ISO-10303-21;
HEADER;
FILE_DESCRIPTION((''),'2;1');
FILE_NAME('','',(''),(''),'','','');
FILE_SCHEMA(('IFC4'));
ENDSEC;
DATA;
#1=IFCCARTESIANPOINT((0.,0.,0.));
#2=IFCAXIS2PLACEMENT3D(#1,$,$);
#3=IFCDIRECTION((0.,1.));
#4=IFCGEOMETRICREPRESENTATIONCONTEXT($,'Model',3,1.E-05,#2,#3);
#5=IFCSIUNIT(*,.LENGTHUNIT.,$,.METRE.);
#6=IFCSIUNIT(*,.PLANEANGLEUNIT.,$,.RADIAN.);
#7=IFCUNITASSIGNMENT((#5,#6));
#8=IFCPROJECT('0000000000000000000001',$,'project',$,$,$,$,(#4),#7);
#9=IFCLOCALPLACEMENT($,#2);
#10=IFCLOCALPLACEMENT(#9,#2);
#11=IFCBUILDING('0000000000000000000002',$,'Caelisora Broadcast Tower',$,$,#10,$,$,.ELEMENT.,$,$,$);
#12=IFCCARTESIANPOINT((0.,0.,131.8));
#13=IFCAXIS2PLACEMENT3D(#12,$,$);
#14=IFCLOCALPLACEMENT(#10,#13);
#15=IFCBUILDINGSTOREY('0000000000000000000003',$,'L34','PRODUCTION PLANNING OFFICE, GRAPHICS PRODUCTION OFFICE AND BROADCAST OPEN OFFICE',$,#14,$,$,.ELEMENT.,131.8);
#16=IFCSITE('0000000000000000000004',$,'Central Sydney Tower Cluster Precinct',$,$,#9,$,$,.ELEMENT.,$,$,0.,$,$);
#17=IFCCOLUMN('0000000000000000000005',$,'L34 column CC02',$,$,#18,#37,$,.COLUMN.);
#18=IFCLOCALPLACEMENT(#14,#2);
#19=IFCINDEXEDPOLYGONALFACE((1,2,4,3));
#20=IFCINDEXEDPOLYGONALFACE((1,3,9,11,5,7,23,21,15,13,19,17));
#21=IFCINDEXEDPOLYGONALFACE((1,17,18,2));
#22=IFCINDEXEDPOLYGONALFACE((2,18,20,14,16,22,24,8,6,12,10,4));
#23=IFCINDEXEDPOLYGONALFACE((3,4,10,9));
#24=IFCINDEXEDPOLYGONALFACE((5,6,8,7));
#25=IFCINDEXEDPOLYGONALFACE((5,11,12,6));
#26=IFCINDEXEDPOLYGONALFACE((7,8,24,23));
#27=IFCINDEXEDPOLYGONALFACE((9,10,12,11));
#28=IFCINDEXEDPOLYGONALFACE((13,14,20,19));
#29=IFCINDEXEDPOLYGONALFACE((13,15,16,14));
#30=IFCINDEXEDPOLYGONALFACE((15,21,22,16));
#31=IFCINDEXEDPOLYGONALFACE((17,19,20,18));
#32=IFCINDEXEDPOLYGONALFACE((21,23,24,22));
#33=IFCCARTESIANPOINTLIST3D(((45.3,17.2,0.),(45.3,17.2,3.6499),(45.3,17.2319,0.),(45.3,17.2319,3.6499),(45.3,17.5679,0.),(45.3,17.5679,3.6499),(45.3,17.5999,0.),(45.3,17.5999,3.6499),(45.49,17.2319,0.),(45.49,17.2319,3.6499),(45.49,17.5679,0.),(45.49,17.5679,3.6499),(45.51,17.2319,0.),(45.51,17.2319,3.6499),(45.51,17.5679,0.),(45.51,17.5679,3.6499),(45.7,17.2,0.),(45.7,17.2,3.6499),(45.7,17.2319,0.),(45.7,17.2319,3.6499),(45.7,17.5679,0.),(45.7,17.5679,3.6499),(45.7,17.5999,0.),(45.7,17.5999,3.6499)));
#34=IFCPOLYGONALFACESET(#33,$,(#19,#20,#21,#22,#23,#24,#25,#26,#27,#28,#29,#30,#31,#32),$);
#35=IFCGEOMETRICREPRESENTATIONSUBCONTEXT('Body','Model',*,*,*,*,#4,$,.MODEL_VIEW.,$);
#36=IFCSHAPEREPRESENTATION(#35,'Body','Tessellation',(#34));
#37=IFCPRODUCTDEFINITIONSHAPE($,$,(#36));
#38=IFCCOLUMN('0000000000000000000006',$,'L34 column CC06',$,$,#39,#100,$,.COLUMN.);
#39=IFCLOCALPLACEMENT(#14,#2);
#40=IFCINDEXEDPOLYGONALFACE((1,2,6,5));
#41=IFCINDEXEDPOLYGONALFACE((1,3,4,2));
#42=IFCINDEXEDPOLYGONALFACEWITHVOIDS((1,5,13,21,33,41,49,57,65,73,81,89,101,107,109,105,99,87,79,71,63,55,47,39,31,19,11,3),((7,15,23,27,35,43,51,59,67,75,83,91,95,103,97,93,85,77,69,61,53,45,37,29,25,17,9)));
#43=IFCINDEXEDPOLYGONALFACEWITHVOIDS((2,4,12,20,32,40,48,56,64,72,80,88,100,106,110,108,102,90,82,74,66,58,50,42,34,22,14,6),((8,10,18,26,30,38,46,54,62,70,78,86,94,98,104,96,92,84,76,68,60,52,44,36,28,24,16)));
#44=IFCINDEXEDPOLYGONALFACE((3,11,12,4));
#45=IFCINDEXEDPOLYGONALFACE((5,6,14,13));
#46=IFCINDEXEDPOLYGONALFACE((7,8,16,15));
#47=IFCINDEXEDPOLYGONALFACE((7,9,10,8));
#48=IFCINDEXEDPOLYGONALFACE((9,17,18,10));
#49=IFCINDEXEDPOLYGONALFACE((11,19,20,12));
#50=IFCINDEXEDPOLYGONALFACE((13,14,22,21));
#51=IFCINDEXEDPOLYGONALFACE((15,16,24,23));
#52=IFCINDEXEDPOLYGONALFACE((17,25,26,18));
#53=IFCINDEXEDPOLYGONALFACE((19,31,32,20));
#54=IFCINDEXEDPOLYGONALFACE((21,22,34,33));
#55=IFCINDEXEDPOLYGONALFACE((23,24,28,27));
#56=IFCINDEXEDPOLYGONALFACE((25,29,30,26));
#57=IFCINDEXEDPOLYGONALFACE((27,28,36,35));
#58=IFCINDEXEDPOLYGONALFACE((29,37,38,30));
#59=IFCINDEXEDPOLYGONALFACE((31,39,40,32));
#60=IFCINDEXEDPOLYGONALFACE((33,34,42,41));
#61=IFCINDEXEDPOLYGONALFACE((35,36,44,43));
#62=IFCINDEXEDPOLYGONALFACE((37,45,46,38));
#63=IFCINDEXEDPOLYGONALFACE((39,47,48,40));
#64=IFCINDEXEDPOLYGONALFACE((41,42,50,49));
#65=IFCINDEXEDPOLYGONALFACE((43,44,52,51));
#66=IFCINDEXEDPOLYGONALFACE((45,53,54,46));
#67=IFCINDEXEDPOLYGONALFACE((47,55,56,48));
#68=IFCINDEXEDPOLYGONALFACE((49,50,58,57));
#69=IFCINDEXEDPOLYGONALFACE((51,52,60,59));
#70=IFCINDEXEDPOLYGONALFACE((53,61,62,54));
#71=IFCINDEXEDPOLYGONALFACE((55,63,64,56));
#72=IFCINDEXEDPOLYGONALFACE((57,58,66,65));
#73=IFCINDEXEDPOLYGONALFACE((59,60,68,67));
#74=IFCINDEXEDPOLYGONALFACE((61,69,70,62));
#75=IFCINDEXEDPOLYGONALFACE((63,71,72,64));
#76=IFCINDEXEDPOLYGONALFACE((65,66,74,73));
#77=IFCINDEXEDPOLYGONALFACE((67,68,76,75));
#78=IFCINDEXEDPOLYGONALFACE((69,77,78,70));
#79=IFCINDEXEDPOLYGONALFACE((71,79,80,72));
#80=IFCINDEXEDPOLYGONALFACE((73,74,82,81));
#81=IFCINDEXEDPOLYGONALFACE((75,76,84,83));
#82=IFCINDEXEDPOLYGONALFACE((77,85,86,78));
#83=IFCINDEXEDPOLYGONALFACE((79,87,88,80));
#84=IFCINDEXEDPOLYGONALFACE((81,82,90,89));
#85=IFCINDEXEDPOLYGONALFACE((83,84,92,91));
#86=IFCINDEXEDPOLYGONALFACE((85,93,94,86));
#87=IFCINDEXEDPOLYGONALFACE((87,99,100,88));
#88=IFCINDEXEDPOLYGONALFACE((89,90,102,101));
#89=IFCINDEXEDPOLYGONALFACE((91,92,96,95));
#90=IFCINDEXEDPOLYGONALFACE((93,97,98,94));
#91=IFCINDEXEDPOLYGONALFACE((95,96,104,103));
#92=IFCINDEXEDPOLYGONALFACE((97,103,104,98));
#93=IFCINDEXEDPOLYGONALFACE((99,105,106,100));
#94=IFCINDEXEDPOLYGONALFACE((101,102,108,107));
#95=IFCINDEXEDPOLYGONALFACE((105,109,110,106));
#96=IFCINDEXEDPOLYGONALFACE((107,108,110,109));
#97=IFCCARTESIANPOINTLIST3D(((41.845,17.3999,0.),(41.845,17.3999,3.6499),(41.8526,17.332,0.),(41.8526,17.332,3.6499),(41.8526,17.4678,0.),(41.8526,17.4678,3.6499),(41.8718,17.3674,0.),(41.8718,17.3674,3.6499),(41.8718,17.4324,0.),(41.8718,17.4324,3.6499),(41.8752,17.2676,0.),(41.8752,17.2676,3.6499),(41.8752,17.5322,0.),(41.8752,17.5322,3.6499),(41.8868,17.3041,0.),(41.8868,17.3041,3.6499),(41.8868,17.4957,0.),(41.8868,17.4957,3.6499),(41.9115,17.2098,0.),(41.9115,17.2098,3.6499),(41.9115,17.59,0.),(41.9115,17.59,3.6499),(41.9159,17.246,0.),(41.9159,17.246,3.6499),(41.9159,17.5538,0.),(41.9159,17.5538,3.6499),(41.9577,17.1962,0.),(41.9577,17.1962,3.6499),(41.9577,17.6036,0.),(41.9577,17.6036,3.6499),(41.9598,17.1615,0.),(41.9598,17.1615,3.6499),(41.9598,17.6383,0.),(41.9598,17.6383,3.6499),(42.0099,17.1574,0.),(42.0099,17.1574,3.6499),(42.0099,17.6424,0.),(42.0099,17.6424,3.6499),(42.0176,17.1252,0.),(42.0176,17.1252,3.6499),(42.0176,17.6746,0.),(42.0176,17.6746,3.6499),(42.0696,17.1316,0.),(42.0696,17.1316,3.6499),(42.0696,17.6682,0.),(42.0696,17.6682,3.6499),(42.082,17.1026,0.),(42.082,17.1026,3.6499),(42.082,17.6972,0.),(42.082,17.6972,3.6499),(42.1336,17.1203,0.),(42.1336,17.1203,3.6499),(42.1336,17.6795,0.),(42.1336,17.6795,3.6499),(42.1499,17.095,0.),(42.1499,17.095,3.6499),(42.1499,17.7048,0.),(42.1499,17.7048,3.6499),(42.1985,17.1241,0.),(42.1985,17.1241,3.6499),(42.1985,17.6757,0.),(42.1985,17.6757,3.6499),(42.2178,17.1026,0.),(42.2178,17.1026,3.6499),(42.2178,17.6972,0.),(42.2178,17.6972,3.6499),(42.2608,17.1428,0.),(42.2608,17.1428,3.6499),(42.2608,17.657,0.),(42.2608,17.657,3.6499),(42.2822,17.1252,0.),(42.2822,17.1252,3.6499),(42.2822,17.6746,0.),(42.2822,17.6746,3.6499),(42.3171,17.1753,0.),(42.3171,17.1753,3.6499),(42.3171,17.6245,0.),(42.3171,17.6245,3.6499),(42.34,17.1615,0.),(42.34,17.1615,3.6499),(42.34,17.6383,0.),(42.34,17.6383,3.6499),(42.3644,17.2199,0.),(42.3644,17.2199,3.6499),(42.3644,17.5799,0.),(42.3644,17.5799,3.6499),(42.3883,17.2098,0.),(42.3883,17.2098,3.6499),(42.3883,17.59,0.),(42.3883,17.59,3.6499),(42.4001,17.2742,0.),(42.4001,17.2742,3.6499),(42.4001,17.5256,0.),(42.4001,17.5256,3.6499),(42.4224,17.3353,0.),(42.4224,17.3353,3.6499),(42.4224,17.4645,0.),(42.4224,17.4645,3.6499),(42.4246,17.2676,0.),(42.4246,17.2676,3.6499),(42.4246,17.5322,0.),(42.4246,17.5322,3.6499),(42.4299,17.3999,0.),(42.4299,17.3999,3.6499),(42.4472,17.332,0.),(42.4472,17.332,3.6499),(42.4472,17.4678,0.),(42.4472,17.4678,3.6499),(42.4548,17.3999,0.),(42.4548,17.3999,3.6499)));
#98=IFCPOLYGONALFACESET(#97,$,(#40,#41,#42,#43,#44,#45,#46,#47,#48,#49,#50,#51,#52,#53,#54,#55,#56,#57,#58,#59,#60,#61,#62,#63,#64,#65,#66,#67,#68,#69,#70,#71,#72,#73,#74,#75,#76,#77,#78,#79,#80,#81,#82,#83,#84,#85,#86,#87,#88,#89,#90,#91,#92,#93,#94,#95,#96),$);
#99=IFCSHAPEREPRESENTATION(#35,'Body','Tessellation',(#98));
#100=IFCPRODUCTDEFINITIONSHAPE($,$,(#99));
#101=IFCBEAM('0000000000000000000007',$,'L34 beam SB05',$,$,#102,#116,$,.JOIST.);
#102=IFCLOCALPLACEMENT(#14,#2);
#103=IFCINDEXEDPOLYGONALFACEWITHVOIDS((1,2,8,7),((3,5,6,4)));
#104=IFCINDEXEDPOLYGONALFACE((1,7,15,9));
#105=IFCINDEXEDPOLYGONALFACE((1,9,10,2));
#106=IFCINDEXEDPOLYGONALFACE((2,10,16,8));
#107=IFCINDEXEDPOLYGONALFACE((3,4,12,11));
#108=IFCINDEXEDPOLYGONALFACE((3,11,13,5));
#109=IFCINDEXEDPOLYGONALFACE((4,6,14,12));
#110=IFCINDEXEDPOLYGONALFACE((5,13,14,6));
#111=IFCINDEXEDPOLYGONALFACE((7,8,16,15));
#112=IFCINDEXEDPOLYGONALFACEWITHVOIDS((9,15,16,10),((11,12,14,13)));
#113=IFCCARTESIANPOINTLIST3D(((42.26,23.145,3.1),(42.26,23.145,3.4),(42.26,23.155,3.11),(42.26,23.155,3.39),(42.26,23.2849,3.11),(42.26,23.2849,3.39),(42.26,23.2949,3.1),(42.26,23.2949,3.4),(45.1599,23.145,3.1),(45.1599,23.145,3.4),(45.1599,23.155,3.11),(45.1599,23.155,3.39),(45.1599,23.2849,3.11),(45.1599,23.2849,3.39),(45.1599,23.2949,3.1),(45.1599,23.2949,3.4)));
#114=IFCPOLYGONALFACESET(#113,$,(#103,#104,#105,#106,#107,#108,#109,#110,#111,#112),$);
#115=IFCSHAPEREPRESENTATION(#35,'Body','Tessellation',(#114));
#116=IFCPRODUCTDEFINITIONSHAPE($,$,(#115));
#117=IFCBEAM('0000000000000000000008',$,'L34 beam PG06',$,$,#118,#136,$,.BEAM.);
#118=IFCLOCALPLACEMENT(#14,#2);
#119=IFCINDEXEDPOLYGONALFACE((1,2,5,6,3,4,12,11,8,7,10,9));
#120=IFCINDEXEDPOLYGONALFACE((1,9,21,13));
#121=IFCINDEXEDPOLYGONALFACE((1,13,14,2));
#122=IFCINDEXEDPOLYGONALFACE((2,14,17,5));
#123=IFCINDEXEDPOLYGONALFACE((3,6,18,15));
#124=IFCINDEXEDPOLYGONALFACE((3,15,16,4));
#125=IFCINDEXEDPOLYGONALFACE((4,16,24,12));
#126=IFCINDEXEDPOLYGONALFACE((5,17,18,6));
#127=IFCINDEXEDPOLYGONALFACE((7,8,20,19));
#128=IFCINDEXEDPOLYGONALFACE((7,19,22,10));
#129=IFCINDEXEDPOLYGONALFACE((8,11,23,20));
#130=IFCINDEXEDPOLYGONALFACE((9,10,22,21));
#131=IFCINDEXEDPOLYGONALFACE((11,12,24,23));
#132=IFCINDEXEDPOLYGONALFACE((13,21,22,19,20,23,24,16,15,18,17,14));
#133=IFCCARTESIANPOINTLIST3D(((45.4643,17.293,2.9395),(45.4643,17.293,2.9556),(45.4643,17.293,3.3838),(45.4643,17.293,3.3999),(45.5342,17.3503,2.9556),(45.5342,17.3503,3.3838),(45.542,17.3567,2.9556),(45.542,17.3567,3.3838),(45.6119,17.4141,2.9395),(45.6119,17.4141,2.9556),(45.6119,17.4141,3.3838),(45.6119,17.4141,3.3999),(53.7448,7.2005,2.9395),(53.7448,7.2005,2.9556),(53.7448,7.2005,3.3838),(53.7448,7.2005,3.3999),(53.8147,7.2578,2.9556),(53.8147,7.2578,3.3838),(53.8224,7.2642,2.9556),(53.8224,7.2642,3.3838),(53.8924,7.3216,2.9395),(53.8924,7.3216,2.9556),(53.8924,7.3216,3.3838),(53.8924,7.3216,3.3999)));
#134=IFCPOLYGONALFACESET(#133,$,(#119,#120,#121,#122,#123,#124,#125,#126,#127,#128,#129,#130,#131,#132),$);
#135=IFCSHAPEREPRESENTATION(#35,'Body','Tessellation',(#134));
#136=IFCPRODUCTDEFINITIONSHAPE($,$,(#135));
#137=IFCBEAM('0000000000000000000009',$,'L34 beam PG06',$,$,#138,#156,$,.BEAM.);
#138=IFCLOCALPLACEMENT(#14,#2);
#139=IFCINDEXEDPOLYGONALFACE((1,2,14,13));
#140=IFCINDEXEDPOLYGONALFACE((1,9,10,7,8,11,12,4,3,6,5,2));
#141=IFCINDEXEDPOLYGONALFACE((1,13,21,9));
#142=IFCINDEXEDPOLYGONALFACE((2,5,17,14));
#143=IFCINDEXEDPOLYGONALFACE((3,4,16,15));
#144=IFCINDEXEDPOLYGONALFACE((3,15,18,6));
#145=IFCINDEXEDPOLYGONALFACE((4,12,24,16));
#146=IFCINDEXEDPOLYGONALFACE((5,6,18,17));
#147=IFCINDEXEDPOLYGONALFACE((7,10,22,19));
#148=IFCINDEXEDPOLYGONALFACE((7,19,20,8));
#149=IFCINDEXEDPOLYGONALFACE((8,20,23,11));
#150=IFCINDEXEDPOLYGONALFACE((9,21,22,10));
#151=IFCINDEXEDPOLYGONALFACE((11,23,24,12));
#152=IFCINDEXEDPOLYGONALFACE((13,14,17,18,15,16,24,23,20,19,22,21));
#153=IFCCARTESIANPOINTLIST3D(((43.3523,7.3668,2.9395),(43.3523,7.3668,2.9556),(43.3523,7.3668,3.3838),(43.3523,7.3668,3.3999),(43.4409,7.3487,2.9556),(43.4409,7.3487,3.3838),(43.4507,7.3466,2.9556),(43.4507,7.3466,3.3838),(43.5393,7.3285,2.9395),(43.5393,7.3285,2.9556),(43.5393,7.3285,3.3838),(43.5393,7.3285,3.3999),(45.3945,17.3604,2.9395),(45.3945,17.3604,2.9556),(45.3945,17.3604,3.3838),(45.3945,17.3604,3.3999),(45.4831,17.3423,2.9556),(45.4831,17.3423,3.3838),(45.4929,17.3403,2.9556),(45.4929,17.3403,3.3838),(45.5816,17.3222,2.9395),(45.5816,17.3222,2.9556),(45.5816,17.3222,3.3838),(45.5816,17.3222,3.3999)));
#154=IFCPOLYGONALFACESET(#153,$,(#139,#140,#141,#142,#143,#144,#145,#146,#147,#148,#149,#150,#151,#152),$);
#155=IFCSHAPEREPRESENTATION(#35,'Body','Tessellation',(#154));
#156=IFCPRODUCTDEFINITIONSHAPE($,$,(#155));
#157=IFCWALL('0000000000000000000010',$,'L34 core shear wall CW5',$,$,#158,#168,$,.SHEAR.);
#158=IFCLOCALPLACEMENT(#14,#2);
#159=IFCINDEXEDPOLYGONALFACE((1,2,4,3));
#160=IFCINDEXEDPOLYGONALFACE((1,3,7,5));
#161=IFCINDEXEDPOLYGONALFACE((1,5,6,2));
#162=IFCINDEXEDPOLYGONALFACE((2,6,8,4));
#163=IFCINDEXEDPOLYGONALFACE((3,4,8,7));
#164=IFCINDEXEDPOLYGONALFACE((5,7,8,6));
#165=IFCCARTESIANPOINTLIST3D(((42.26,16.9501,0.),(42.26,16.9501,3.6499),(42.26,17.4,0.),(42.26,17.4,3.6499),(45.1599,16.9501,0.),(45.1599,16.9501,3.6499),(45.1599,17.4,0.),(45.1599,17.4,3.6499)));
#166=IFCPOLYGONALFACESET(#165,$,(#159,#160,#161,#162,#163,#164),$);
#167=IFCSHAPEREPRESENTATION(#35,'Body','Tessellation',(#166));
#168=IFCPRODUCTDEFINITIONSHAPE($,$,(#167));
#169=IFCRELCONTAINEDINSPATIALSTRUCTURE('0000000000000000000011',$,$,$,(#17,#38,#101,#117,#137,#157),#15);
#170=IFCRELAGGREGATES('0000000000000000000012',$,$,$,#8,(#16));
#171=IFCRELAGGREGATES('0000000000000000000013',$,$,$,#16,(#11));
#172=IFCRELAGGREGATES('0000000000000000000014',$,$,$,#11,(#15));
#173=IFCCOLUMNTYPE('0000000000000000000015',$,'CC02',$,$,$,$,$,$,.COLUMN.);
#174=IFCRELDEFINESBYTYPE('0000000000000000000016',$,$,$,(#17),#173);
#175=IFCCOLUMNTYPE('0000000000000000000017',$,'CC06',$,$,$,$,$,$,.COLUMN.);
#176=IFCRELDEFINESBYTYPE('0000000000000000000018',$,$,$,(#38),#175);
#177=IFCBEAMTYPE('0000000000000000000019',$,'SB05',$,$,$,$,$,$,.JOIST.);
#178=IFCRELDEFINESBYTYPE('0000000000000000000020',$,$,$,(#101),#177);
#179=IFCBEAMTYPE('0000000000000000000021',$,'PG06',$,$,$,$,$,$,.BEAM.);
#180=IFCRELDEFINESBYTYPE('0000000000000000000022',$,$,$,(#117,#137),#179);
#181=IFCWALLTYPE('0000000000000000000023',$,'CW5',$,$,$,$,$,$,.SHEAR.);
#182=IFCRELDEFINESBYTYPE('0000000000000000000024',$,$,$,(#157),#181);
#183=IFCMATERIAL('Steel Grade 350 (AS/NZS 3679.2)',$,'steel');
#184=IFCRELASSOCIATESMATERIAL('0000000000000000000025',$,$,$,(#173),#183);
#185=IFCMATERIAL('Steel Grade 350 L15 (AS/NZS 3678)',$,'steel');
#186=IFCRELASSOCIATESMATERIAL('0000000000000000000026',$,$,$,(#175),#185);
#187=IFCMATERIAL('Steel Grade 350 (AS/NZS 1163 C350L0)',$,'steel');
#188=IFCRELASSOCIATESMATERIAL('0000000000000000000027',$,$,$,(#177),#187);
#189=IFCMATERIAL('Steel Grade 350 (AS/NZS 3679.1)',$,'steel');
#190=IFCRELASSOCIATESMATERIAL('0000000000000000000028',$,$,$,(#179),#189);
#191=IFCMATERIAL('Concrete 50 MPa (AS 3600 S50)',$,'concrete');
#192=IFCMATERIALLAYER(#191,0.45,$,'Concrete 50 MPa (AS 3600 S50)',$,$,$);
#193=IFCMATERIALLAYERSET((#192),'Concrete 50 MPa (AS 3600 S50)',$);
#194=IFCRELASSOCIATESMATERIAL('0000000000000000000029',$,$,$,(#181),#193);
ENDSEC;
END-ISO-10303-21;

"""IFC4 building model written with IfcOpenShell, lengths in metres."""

from ifc_helpers import new_model, si_unit, direction, frame, frame_2d, origin, origin_2d, place, context, subcontext, project, spatial, rectangle, hollow_rectangle, hollow_circle, i_section, extrude, source, transform, mapped, material, layer, layer_set, material_profile, profile_set, type_object, type_shapes, element, save


model = new_model("IFC4")

# Units and contexts
model_context = context("Model", 3, precision=1e-05, world=origin(), true_north=direction((0.0, 1.0)))
body_context = subcontext(model_context, "Body", "Model", "MODEL_VIEW")
ifc_project = project(units=[si_unit("LENGTHUNIT", "METRE"), si_unit("PLANEANGLEUNIT", "RADIAN")], contexts=[model_context])

# Site, building, storey
site_placement = place(None, origin())
site = spatial("IfcSite", under=ifc_project, at=site_placement, Name="Central Sydney Tower Cluster Precinct", CompositionType="ELEMENT", RefElevation=0.0)
building_placement = place(site_placement, origin())
building = spatial("IfcBuilding", under=site, at=building_placement, Name="Caelisora Broadcast Tower", CompositionType="ELEMENT")
storey_placement = place(building_placement, frame((0.0, 0.0, 131.8)))
storey = spatial("IfcBuildingStorey", under=building, at=storey_placement, Name="L34", Description="PRODUCTION PLANNING OFFICE, GRAPHICS PRODUCTION OFFICE AND BROADCAST OPEN OFFICE", CompositionType="ELEMENT", Elevation=131.8)

# Columns
ifc_material_1 = material(Name="Steel Grade 350 (AS/NZS 3679.2)", Category="steel")
ifc_material_profile_1 = material_profile(ifc_material_1, i_section(OverallWidth=0.3999, OverallDepth=0.3999, WebThickness=0.02, FlangeThickness=0.032, at=origin_2d()), Name="Steel Grade 350 (AS/NZS 3679.2)")
ifc_profile_set_1 = profile_set([ifc_material_profile_1], Name="Steel Grade 350 (AS/NZS 3679.2)")
column_type_1 = type_object("IfcColumnType", Name="CC02", PredefinedType="COLUMN", material=ifc_profile_set_1)
shared_shape_1 = source(origin(), body_context, "Body", "SweptSolid", [
    extrude(i_section(OverallWidth=0.3999, OverallDepth=0.3999, WebThickness=0.02, FlangeThickness=0.032, at=origin_2d()), origin(), (0.0, 0.0, 1.0), 3.6499),
])
type_shapes(column_type_1, [shared_shape_1])
column_1_placement = place(storey_placement, frame((45.5, 17.3999, 0.0), z_axis=(0.0, 0.0, 1.0), x_axis=(1.0, 0.0, 0.0)))
element("IfcColumn", 1, at=column_1_placement, inside=storey, type_object=column_type_1, Name="L34 column CC02", PredefinedType="COLUMN", context=body_context, shape_type="MappedRepresentation", body=[
    mapped(shared_shape_1, transform((0.0, 0.0, 0.0), scale=1.0)),
])
ifc_material_2 = material(Name="Steel Grade 350 L15 (AS/NZS 3678)", Category="steel")
ifc_material_profile_2 = material_profile(ifc_material_2, hollow_circle(Radius=0.3049, WallThickness=0.0249, at=origin_2d()), Name="Steel Grade 350 L15 (AS/NZS 3678)")
ifc_profile_set_2 = profile_set([ifc_material_profile_2], Name="Steel Grade 350 L15 (AS/NZS 3678)")
column_type_2 = type_object("IfcColumnType", Name="CC06", PredefinedType="COLUMN", material=ifc_profile_set_2)
shared_shape_2 = source(origin(), body_context, "Body", "SweptSolid", [
    extrude(hollow_circle(Radius=0.3049, WallThickness=0.0249, at=origin_2d()), origin(), (0.0, 0.0, 1.0), 3.6499),
])
type_shapes(column_type_2, [shared_shape_2])
column_2_placement = place(storey_placement, frame((42.1499, 17.3999, 0.0), z_axis=(0.0, 0.0, 1.0), x_axis=(1.0, 0.0, 0.0)))
element("IfcColumn", 2, at=column_2_placement, inside=storey, type_object=column_type_2, Name="L34 column CC06", PredefinedType="COLUMN", context=body_context, shape_type="MappedRepresentation", body=[
    mapped(shared_shape_2, transform((0.0, 0.0, 0.0), scale=1.0)),
])

# Beams
ifc_material_3 = material(Name="Steel Grade 350 (AS/NZS 1163 C350L0)", Category="steel")
ifc_material_profile_3 = material_profile(ifc_material_3, hollow_rectangle(XDim=0.1499, YDim=0.3, WallThickness=0.01, at=origin_2d()), Name="Steel Grade 350 (AS/NZS 1163 C350L0)")
ifc_profile_set_3 = profile_set([ifc_material_profile_3], Name="Steel Grade 350 (AS/NZS 1163 C350L0)")
beam_type_1 = type_object("IfcBeamType", Name="SB05", PredefinedType="JOIST", material=ifc_profile_set_3)
shared_shape_3 = source(origin(), body_context, "Body", "SweptSolid", [
    extrude(hollow_rectangle(XDim=0.1499, YDim=0.3, WallThickness=0.01, at=origin_2d()), origin(), (0.0, 0.0, 1.0), 2.8999),
])
type_shapes(beam_type_1, [shared_shape_3])
beam_1_placement = place(storey_placement, frame((42.26, 23.22, 3.25), z_axis=(1.0, 0.0, 0.0), x_axis=(0.0, 1.0, 0.0)))
element("IfcBeam", 3, at=beam_1_placement, inside=storey, type_object=beam_type_1, Name="L34 beam SB05", PredefinedType="JOIST", context=body_context, shape_type="MappedRepresentation", body=[
    mapped(shared_shape_3, transform((0.0, 0.0, 0.0), scale=1.0)),
])
ifc_material_4 = material(Name="Steel Grade 350 (AS/NZS 3679.1)", Category="steel")
ifc_material_profile_4 = material_profile(ifc_material_4, i_section(OverallWidth=0.1909, OverallDepth=0.4604, WebThickness=0.01, FlangeThickness=0.0161, at=origin_2d()), Name="Steel Grade 350 (AS/NZS 3679.1)")
ifc_profile_set_4 = profile_set([ifc_material_profile_4], Name="Steel Grade 350 (AS/NZS 3679.1)")
beam_type_2 = type_object("IfcBeamType", Name="PG06", PredefinedType="BEAM", material=ifc_profile_set_4)
shared_shape_4 = source(origin(), body_context, "Body", "SweptSolid", [
    extrude(i_section(OverallWidth=0.1909, OverallDepth=0.4604, WebThickness=0.01, FlangeThickness=0.0161, at=origin_2d()), origin(), (0.0, 0.0, 1.0), 13.0547),
])
beam_2_placement = place(storey_placement, frame((45.5381, 17.3535, 3.1697), z_axis=(0.634292, -0.773093, 0.0), x_axis=(0.773093, 0.634292, 0.0)))
element("IfcBeam", 4, at=beam_2_placement, inside=storey, type_object=beam_type_2, Name="L34 beam PG06", PredefinedType="BEAM", context=body_context, shape_type="MappedRepresentation", body=[
    mapped(shared_shape_4, transform((0.0, 0.0, 0.0), scale=1.0)),
])
shared_shape_5 = source(origin(), body_context, "Body", "SweptSolid", [
    extrude(i_section(OverallWidth=0.1909, OverallDepth=0.4604, WebThickness=0.01, FlangeThickness=0.0161, at=origin_2d()), origin(), (0.0, 0.0, 1.0), 10.2002),
])
type_shapes(beam_type_2, [shared_shape_4, shared_shape_5])
beam_3_placement = place(storey_placement, frame((45.488, 17.3413, 3.1697), z_axis=(-0.200216, -0.979752, 0.0), x_axis=(0.979752, -0.200216, 0.0)))
element("IfcBeam", 5, at=beam_3_placement, inside=storey, type_object=beam_type_2, Name="L34 beam PG06", PredefinedType="BEAM", context=body_context, shape_type="MappedRepresentation", body=[
    mapped(shared_shape_5, transform((0.0, 0.0, 0.0), scale=1.0)),
])

# Shared definitions
ifc_material_5 = material(Name="Concrete 50 MPa (AS 3600 S50)", Category="concrete")

# Wall
ifc_layer_1 = layer(ifc_material_5, 0.45, Name="Concrete 50 MPa (AS 3600 S50)")
ifc_layer_set_1 = layer_set([ifc_layer_1], Name="Concrete 50 MPa (AS 3600 S50)")
wall_type_1 = type_object("IfcWallType", Name="CW5", PredefinedType="SHEAR", material=ifc_layer_set_1)
wall_1_placement = place(storey_placement, frame((42.26, 17.175, 0.0), z_axis=(0.0, 0.0, 1.0), x_axis=(1.0, 0.0, 0.0)))
element("IfcWall", 6, at=wall_1_placement, inside=storey, type_object=wall_type_1, Name="L34 core shear wall CW5", PredefinedType="SHEAR", context=body_context, shape_type="SweptSolid", body=[
    extrude(rectangle(XDim=2.8999, YDim=0.45, at=frame_2d((1.45, 0.0))), origin(), (0.0, 0.0, 1.0), 3.6499),
])

save(model, "model.ifc")
